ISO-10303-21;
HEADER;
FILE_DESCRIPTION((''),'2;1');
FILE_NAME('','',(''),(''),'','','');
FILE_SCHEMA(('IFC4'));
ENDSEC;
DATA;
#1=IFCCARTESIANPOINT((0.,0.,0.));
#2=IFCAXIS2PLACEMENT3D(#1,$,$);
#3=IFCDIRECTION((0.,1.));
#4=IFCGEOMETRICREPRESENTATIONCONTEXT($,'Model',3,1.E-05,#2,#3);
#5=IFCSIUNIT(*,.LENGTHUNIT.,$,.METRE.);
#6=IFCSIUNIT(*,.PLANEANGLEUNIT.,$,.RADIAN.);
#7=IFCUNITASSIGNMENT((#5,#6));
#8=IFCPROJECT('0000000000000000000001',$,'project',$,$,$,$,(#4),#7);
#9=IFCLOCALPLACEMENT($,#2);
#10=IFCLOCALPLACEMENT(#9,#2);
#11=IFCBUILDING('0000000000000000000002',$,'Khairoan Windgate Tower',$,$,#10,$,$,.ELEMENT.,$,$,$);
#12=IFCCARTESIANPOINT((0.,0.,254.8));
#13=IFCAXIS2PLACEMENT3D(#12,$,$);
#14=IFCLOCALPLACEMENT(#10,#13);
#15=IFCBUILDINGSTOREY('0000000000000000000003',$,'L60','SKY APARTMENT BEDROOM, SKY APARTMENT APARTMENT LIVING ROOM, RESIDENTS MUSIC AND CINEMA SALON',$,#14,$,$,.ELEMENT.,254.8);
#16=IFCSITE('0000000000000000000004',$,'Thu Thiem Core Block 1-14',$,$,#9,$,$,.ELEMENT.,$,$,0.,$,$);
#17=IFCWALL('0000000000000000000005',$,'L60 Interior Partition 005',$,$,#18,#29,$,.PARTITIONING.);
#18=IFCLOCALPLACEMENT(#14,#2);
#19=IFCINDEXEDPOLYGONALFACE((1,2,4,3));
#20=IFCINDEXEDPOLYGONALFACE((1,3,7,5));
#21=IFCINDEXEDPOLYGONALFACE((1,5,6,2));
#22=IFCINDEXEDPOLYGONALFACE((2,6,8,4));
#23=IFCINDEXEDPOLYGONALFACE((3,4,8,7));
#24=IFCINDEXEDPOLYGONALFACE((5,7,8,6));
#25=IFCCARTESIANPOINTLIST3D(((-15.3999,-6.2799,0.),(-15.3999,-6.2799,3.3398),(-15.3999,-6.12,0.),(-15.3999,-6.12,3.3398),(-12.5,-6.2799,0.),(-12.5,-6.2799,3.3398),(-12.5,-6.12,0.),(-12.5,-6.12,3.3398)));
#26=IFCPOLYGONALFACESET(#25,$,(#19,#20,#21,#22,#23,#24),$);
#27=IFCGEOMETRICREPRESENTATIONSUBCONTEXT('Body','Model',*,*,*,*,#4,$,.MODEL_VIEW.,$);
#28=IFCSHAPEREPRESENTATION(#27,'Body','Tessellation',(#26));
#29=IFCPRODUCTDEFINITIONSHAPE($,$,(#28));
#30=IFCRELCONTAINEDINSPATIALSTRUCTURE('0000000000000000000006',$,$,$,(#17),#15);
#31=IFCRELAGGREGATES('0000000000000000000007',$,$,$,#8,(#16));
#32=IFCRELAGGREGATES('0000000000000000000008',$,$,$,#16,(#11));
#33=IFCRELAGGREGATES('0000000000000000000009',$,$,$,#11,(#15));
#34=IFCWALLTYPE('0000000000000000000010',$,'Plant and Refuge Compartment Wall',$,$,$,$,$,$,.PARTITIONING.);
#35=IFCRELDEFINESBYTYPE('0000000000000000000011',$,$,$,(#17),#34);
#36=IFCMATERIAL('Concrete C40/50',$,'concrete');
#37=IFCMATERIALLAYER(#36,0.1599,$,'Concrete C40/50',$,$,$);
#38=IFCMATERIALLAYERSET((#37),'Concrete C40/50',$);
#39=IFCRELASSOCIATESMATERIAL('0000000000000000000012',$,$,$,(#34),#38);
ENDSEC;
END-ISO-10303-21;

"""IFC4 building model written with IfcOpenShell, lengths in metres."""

from ifc_helpers import new_model, si_unit, direction, frame, frame_2d, origin, place, context, subcontext, project, spatial, rectangle, extrude, material, layer, layer_set, type_object, element, save


model = new_model("IFC4")

# Units and contexts
model_context = context("Model", 3, precision=1e-05, world=origin(), true_north=direction((0.0, 1.0)))
body_context = subcontext(model_context, "Body", "Model", "MODEL_VIEW")
ifc_project = project(units=[si_unit("LENGTHUNIT", "METRE"), si_unit("PLANEANGLEUNIT", "RADIAN")], contexts=[model_context])

# Site, building, storey
site_placement = place(None, origin())
site = spatial("IfcSite", under=ifc_project, at=site_placement, Name="Thu Thiem Core Block 1-14", CompositionType="ELEMENT", RefElevation=0.0)
building_placement = place(site_placement, origin())
building = spatial("IfcBuilding", under=site, at=building_placement, Name="Khairoan Windgate Tower", CompositionType="ELEMENT")
storey_placement = place(building_placement, frame((0.0, 0.0, 254.8)))
storey = spatial("IfcBuildingStorey", under=building, at=storey_placement, Name="L60", Description="SKY APARTMENT BEDROOM, SKY APARTMENT APARTMENT LIVING ROOM, RESIDENTS MUSIC AND CINEMA SALON", CompositionType="ELEMENT", Elevation=254.8)

# Wall
ifc_material_1 = material(Name="Concrete C40/50", Category="concrete")
ifc_layer_1 = layer(ifc_material_1, 0.1599, Name="Concrete C40/50")
ifc_layer_set_1 = layer_set([ifc_layer_1], Name="Concrete C40/50")
wall_type_1 = type_object("IfcWallType", Name="Plant and Refuge Compartment Wall", PredefinedType="PARTITIONING", material=ifc_layer_set_1)
wall_1_placement = place(storey_placement, frame((-15.3999, -6.2, 0.0), z_axis=(0.0, 0.0, 1.0), x_axis=(1.0, 0.0, 0.0)))
element("IfcWall", 1, at=wall_1_placement, inside=storey, type_object=wall_type_1, Name="L60 Interior Partition 005", PredefinedType="PARTITIONING", context=body_context, shape_type="SweptSolid", body=[
    extrude(rectangle(XDim=2.8999, YDim=0.1599, at=frame_2d((1.45, 0.0))), origin(), (0.0, 0.0, 1.0), 3.3398),
])

save(model, "model.ifc")
